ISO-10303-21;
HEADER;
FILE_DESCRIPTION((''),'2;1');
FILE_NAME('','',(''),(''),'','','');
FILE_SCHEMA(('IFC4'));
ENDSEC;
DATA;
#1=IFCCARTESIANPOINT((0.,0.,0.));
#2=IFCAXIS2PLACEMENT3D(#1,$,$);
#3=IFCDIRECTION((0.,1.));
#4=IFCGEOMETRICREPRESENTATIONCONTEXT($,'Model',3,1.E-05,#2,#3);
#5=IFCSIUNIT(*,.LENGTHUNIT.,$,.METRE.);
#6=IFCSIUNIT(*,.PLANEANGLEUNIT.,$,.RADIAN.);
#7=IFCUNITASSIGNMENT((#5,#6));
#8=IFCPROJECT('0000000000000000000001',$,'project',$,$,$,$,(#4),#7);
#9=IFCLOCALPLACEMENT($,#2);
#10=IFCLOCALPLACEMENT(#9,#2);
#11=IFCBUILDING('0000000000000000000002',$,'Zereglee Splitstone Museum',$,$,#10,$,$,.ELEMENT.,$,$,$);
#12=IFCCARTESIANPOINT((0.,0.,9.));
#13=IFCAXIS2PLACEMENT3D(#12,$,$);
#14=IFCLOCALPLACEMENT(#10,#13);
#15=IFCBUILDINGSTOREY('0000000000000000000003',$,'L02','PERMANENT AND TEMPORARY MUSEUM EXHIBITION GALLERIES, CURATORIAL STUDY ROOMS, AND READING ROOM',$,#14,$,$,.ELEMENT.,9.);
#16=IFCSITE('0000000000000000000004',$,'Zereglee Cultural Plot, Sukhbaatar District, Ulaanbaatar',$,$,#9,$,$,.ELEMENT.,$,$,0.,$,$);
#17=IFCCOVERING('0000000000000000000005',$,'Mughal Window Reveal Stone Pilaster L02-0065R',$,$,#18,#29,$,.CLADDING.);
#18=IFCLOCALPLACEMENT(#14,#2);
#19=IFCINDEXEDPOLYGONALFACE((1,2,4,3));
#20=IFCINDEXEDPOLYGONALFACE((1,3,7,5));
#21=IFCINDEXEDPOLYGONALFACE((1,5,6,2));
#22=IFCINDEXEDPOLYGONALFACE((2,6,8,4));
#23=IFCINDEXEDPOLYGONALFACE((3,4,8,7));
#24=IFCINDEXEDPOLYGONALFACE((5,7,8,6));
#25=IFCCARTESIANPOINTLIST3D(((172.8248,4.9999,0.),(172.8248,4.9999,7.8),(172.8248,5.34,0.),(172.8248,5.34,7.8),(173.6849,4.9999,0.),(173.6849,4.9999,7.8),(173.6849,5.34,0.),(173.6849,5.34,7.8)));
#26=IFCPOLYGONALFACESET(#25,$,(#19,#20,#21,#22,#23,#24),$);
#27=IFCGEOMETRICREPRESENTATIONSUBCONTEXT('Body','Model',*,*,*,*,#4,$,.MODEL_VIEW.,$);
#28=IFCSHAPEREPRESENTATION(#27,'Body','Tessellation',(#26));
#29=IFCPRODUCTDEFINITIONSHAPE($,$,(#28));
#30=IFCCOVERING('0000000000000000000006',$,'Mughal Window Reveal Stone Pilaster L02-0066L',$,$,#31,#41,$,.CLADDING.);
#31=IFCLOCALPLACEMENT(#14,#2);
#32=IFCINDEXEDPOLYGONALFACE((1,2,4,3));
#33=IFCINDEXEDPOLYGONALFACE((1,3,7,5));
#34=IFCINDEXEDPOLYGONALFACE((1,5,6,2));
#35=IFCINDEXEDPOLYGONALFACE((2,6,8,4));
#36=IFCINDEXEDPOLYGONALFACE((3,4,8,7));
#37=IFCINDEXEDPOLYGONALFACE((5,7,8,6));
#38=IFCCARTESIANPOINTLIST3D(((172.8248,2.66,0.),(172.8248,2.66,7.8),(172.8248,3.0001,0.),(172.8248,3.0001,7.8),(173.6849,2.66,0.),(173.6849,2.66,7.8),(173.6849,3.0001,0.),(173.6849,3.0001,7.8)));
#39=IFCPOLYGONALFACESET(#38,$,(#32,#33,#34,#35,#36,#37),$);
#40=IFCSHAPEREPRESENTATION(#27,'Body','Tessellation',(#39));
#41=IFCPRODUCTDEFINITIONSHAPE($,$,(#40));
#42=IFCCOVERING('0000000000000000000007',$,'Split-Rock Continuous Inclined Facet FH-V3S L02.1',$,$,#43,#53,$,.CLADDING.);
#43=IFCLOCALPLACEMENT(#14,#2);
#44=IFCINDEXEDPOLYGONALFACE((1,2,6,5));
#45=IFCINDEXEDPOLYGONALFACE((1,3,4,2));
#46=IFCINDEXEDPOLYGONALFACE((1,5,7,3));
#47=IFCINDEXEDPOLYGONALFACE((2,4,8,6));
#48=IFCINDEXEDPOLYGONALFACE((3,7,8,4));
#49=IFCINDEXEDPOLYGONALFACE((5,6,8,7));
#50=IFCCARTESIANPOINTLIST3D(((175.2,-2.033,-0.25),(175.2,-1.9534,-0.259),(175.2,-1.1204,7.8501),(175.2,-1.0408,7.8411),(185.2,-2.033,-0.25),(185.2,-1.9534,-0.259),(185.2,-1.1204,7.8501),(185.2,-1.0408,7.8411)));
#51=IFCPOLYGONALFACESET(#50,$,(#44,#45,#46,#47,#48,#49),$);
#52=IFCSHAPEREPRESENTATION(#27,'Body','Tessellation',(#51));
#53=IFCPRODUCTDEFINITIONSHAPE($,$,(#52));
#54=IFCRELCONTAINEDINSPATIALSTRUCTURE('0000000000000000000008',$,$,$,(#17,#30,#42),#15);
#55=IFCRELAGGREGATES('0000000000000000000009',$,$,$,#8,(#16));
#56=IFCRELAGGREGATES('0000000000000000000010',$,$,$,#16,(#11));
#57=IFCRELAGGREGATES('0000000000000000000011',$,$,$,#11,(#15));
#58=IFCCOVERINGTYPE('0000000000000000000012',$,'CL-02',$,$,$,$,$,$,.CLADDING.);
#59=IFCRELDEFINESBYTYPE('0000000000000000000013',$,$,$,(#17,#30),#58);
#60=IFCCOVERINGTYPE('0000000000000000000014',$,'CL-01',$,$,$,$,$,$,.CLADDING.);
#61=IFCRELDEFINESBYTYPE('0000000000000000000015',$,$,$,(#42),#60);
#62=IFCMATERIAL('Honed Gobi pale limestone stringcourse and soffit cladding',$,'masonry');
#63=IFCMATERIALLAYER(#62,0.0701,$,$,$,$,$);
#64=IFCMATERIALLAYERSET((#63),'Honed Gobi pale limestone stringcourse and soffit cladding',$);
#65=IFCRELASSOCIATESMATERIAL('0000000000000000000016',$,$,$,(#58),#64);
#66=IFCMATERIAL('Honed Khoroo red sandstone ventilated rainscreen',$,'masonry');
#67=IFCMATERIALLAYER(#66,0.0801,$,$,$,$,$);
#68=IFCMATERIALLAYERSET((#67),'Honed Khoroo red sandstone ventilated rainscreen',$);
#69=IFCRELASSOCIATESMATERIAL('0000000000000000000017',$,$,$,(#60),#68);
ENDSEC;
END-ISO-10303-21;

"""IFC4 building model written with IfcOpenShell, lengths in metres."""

from ifc_helpers import new_model, si_unit, direction, frame, origin, origin_2d, place, context, subcontext, project, spatial, polyline, rectangle, outline, extrude, material, layer, layer_set, type_object, element, save


model = new_model("IFC4")

# Units and contexts
model_context = context("Model", 3, precision=1e-05, world=origin(), true_north=direction((0.0, 1.0)))
body_context = subcontext(model_context, "Body", "Model", "MODEL_VIEW")
ifc_project = project(units=[si_unit("LENGTHUNIT", "METRE"), si_unit("PLANEANGLEUNIT", "RADIAN")], contexts=[model_context])

# Site, building, storey
site_placement = place(None, origin())
site = spatial("IfcSite", under=ifc_project, at=site_placement, Name="Zereglee Cultural Plot, Sukhbaatar District, Ulaanbaatar", CompositionType="ELEMENT", RefElevation=0.0)
building_placement = place(site_placement, origin())
building = spatial("IfcBuilding", under=site, at=building_placement, Name="Zereglee Splitstone Museum", CompositionType="ELEMENT")
storey_placement = place(building_placement, frame((0.0, 0.0, 9.0)))
storey = spatial("IfcBuildingStorey", under=building, at=storey_placement, Name="L02", Description="PERMANENT AND TEMPORARY MUSEUM EXHIBITION GALLERIES, CURATORIAL STUDY ROOMS, AND READING ROOM", CompositionType="ELEMENT", Elevation=9.0)

# Coverings
ifc_material_1 = material(Name="Honed Gobi pale limestone stringcourse and soffit cladding", Category="masonry")
ifc_layer_1 = layer(ifc_material_1, 0.0701)
ifc_layer_set_1 = layer_set([ifc_layer_1], Name="Honed Gobi pale limestone stringcourse and soffit cladding")
covering_type_1 = type_object("IfcCoveringType", Name="CL-02", PredefinedType="CLADDING", material=ifc_layer_set_1)
for number, where, z_axis, x_axis, name in (
    (1, (173.2549, 5.1699, 0.0), (0.0, 0.0, 1.0), (0.0, -1.0, 0.0), "Mughal Window Reveal Stone Pilaster L02-0065R"),
    (2, (173.2549, 2.8301, 0.0), (0.0, 0.0, 1.0), (0.0, -1.0, 0.0), "Mughal Window Reveal Stone Pilaster L02-0066L"),
):
    element("IfcCovering", number, at=place(storey_placement, frame(where, z_axis=z_axis, x_axis=x_axis)), inside=storey, type_object=covering_type_1, Name=name, PredefinedType="CLADDING", context=body_context, shape_type="SweptSolid", body=[
        extrude(rectangle(XDim=0.3401, YDim=0.8601, at=origin_2d()), origin(), (0.0, 0.0, 1.0), 7.8),
    ])
ifc_material_2 = material(Name="Honed Khoroo red sandstone ventilated rainscreen", Category="masonry")
ifc_layer_2 = layer(ifc_material_2, 0.0801)
ifc_layer_set_2 = layer_set([ifc_layer_2], Name="Honed Khoroo red sandstone ventilated rainscreen")
covering_type_2 = type_object("IfcCoveringType", Name="CL-01", PredefinedType="CLADDING", material=ifc_layer_set_2)
covering_placement = place(storey_placement, frame((175.2, -2.033, -0.25), z_axis=(0.0, -0.993713, 0.111957), x_axis=(1.0, 0.0, 0.0)))
element("IfcCovering", 3, at=covering_placement, inside=storey, type_object=covering_type_2, Name="Split-Rock Continuous Inclined Facet FH-V3S L02.1", PredefinedType="CLADDING", context=body_context, shape_type="SweptSolid", body=[
    extrude(outline(polyline([(0.0, 0.0), (10.0, 0.0), (10.0, 8.1513), (0.0, 8.1513), (0.0, 0.0)])), origin(), (0.0, 0.0, -1.0), 0.0801),
])

save(model, "model.ifc")
